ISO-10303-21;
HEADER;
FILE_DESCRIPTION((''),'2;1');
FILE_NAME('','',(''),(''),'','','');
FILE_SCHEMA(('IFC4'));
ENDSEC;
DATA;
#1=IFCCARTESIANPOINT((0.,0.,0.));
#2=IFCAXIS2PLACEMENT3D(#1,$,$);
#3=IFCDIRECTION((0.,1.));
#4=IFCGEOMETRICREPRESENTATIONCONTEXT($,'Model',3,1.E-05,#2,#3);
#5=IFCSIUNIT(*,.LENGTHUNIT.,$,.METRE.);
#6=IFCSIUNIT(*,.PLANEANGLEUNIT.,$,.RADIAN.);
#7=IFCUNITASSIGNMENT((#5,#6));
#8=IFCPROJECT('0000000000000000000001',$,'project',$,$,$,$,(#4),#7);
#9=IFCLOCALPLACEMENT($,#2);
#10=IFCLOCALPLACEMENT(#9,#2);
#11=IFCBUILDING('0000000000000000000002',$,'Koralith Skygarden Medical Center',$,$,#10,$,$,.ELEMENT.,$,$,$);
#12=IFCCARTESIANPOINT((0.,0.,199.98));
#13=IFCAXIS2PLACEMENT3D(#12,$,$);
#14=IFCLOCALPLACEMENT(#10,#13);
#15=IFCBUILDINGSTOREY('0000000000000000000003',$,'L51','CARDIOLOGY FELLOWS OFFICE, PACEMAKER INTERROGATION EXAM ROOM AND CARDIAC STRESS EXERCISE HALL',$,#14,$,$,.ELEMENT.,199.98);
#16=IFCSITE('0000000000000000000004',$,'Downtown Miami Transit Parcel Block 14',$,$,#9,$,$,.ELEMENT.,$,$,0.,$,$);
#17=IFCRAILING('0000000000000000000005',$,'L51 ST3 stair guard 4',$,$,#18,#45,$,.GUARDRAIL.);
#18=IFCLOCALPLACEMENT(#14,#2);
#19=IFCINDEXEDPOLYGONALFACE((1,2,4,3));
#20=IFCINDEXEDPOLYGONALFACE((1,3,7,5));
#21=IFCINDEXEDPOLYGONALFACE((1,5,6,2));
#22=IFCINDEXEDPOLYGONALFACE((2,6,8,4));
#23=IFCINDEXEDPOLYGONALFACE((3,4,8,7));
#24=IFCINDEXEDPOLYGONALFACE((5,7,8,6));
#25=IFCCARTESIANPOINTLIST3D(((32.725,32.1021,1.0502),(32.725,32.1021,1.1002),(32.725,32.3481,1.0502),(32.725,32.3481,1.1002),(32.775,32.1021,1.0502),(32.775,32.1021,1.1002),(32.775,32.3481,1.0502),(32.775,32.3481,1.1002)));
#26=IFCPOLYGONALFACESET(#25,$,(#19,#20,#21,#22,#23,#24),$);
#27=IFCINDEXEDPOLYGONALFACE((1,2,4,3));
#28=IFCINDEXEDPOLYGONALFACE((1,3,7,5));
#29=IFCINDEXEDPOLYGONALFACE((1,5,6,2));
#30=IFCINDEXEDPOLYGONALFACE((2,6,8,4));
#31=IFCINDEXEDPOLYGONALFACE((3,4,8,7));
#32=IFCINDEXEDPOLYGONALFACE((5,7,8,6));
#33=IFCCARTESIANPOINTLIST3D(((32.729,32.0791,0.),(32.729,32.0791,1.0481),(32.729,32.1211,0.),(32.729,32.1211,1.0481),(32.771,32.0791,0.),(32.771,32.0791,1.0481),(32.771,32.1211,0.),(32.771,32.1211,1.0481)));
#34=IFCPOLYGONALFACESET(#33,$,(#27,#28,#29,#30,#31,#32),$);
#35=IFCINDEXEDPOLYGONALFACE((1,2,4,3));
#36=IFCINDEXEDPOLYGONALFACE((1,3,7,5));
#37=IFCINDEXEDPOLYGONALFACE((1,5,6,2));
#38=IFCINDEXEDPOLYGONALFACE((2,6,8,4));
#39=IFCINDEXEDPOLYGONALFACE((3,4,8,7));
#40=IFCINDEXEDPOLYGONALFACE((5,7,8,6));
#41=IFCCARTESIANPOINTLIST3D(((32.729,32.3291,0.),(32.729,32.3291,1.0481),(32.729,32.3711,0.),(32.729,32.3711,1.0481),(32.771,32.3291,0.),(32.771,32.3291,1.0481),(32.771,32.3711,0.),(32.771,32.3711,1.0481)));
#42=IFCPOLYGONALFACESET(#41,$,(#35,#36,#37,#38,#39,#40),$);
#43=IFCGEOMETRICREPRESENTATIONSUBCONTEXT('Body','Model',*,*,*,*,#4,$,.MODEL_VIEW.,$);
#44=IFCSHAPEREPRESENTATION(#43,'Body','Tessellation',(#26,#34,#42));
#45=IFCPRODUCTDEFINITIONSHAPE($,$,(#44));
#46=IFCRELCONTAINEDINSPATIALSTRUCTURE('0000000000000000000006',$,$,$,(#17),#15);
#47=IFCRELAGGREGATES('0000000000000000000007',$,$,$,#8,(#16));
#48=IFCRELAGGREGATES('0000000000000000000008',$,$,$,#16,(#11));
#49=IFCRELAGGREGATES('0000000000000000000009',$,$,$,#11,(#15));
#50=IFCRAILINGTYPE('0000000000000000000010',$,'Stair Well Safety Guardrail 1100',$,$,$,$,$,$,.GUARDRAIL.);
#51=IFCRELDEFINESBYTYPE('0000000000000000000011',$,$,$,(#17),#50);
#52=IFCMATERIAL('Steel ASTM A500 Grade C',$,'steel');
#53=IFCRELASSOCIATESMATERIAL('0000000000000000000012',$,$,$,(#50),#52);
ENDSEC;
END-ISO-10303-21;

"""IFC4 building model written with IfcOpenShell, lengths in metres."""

from ifc_helpers import new_model, si_unit, direction, frame, origin, origin_2d, place, context, subcontext, project, spatial, rectangle, extrude, material, type_object, element, save


model = new_model("IFC4")

# Units and contexts
model_context = context("Model", 3, precision=1e-05, world=origin(), true_north=direction((0.0, 1.0)))
body_context = subcontext(model_context, "Body", "Model", "MODEL_VIEW")
ifc_project = project(units=[si_unit("LENGTHUNIT", "METRE"), si_unit("PLANEANGLEUNIT", "RADIAN")], contexts=[model_context])

# Site, building, storey
site_placement = place(None, origin())
site = spatial("IfcSite", under=ifc_project, at=site_placement, Name="Downtown Miami Transit Parcel Block 14", CompositionType="ELEMENT", RefElevation=0.0)
building_placement = place(site_placement, origin())
building = spatial("IfcBuilding", under=site, at=building_placement, Name="Koralith Skygarden Medical Center", CompositionType="ELEMENT")
storey_placement = place(building_placement, frame((0.0, 0.0, 199.98)))
storey = spatial("IfcBuildingStorey", under=building, at=storey_placement, Name="L51", Description="CARDIOLOGY FELLOWS OFFICE, PACEMAKER INTERROGATION EXAM ROOM AND CARDIAC STRESS EXERCISE HALL", CompositionType="ELEMENT", Elevation=199.98)

# Railing
ifc_material_1 = material(Name="Steel ASTM A500 Grade C", Category="steel")
railing_type_1 = type_object("IfcRailingType", Name="Stair Well Safety Guardrail 1100", PredefinedType="GUARDRAIL", material=ifc_material_1)
railing_1_placement = place(storey_placement, frame((32.75, 32.1001, 0.0)))
element("IfcRailing", 1, at=railing_1_placement, inside=storey, type_object=railing_type_1, Name="L51 ST3 stair guard 4", PredefinedType="GUARDRAIL", context=body_context, shape_type="SweptSolid", body=[
    extrude(rectangle(XDim=0.05, YDim=0.05, at=origin_2d()), frame((0.0, 0.002, 1.0752), z_axis=(0.0, 1.0, 0.0), x_axis=(-1.0, 0.0, 0.0)), (0.0, 0.0, 1.0), 0.2461),
    extrude(rectangle(XDim=0.042, YDim=0.042, at=origin_2d()), origin(), (0.0, 0.0, 1.0), 1.0481),
    extrude(rectangle(XDim=0.042, YDim=0.042, at=origin_2d()), frame((0.0, 0.25, 0.0)), (0.0, 0.0, 1.0), 1.0481),
])

save(model, "model.ifc")
